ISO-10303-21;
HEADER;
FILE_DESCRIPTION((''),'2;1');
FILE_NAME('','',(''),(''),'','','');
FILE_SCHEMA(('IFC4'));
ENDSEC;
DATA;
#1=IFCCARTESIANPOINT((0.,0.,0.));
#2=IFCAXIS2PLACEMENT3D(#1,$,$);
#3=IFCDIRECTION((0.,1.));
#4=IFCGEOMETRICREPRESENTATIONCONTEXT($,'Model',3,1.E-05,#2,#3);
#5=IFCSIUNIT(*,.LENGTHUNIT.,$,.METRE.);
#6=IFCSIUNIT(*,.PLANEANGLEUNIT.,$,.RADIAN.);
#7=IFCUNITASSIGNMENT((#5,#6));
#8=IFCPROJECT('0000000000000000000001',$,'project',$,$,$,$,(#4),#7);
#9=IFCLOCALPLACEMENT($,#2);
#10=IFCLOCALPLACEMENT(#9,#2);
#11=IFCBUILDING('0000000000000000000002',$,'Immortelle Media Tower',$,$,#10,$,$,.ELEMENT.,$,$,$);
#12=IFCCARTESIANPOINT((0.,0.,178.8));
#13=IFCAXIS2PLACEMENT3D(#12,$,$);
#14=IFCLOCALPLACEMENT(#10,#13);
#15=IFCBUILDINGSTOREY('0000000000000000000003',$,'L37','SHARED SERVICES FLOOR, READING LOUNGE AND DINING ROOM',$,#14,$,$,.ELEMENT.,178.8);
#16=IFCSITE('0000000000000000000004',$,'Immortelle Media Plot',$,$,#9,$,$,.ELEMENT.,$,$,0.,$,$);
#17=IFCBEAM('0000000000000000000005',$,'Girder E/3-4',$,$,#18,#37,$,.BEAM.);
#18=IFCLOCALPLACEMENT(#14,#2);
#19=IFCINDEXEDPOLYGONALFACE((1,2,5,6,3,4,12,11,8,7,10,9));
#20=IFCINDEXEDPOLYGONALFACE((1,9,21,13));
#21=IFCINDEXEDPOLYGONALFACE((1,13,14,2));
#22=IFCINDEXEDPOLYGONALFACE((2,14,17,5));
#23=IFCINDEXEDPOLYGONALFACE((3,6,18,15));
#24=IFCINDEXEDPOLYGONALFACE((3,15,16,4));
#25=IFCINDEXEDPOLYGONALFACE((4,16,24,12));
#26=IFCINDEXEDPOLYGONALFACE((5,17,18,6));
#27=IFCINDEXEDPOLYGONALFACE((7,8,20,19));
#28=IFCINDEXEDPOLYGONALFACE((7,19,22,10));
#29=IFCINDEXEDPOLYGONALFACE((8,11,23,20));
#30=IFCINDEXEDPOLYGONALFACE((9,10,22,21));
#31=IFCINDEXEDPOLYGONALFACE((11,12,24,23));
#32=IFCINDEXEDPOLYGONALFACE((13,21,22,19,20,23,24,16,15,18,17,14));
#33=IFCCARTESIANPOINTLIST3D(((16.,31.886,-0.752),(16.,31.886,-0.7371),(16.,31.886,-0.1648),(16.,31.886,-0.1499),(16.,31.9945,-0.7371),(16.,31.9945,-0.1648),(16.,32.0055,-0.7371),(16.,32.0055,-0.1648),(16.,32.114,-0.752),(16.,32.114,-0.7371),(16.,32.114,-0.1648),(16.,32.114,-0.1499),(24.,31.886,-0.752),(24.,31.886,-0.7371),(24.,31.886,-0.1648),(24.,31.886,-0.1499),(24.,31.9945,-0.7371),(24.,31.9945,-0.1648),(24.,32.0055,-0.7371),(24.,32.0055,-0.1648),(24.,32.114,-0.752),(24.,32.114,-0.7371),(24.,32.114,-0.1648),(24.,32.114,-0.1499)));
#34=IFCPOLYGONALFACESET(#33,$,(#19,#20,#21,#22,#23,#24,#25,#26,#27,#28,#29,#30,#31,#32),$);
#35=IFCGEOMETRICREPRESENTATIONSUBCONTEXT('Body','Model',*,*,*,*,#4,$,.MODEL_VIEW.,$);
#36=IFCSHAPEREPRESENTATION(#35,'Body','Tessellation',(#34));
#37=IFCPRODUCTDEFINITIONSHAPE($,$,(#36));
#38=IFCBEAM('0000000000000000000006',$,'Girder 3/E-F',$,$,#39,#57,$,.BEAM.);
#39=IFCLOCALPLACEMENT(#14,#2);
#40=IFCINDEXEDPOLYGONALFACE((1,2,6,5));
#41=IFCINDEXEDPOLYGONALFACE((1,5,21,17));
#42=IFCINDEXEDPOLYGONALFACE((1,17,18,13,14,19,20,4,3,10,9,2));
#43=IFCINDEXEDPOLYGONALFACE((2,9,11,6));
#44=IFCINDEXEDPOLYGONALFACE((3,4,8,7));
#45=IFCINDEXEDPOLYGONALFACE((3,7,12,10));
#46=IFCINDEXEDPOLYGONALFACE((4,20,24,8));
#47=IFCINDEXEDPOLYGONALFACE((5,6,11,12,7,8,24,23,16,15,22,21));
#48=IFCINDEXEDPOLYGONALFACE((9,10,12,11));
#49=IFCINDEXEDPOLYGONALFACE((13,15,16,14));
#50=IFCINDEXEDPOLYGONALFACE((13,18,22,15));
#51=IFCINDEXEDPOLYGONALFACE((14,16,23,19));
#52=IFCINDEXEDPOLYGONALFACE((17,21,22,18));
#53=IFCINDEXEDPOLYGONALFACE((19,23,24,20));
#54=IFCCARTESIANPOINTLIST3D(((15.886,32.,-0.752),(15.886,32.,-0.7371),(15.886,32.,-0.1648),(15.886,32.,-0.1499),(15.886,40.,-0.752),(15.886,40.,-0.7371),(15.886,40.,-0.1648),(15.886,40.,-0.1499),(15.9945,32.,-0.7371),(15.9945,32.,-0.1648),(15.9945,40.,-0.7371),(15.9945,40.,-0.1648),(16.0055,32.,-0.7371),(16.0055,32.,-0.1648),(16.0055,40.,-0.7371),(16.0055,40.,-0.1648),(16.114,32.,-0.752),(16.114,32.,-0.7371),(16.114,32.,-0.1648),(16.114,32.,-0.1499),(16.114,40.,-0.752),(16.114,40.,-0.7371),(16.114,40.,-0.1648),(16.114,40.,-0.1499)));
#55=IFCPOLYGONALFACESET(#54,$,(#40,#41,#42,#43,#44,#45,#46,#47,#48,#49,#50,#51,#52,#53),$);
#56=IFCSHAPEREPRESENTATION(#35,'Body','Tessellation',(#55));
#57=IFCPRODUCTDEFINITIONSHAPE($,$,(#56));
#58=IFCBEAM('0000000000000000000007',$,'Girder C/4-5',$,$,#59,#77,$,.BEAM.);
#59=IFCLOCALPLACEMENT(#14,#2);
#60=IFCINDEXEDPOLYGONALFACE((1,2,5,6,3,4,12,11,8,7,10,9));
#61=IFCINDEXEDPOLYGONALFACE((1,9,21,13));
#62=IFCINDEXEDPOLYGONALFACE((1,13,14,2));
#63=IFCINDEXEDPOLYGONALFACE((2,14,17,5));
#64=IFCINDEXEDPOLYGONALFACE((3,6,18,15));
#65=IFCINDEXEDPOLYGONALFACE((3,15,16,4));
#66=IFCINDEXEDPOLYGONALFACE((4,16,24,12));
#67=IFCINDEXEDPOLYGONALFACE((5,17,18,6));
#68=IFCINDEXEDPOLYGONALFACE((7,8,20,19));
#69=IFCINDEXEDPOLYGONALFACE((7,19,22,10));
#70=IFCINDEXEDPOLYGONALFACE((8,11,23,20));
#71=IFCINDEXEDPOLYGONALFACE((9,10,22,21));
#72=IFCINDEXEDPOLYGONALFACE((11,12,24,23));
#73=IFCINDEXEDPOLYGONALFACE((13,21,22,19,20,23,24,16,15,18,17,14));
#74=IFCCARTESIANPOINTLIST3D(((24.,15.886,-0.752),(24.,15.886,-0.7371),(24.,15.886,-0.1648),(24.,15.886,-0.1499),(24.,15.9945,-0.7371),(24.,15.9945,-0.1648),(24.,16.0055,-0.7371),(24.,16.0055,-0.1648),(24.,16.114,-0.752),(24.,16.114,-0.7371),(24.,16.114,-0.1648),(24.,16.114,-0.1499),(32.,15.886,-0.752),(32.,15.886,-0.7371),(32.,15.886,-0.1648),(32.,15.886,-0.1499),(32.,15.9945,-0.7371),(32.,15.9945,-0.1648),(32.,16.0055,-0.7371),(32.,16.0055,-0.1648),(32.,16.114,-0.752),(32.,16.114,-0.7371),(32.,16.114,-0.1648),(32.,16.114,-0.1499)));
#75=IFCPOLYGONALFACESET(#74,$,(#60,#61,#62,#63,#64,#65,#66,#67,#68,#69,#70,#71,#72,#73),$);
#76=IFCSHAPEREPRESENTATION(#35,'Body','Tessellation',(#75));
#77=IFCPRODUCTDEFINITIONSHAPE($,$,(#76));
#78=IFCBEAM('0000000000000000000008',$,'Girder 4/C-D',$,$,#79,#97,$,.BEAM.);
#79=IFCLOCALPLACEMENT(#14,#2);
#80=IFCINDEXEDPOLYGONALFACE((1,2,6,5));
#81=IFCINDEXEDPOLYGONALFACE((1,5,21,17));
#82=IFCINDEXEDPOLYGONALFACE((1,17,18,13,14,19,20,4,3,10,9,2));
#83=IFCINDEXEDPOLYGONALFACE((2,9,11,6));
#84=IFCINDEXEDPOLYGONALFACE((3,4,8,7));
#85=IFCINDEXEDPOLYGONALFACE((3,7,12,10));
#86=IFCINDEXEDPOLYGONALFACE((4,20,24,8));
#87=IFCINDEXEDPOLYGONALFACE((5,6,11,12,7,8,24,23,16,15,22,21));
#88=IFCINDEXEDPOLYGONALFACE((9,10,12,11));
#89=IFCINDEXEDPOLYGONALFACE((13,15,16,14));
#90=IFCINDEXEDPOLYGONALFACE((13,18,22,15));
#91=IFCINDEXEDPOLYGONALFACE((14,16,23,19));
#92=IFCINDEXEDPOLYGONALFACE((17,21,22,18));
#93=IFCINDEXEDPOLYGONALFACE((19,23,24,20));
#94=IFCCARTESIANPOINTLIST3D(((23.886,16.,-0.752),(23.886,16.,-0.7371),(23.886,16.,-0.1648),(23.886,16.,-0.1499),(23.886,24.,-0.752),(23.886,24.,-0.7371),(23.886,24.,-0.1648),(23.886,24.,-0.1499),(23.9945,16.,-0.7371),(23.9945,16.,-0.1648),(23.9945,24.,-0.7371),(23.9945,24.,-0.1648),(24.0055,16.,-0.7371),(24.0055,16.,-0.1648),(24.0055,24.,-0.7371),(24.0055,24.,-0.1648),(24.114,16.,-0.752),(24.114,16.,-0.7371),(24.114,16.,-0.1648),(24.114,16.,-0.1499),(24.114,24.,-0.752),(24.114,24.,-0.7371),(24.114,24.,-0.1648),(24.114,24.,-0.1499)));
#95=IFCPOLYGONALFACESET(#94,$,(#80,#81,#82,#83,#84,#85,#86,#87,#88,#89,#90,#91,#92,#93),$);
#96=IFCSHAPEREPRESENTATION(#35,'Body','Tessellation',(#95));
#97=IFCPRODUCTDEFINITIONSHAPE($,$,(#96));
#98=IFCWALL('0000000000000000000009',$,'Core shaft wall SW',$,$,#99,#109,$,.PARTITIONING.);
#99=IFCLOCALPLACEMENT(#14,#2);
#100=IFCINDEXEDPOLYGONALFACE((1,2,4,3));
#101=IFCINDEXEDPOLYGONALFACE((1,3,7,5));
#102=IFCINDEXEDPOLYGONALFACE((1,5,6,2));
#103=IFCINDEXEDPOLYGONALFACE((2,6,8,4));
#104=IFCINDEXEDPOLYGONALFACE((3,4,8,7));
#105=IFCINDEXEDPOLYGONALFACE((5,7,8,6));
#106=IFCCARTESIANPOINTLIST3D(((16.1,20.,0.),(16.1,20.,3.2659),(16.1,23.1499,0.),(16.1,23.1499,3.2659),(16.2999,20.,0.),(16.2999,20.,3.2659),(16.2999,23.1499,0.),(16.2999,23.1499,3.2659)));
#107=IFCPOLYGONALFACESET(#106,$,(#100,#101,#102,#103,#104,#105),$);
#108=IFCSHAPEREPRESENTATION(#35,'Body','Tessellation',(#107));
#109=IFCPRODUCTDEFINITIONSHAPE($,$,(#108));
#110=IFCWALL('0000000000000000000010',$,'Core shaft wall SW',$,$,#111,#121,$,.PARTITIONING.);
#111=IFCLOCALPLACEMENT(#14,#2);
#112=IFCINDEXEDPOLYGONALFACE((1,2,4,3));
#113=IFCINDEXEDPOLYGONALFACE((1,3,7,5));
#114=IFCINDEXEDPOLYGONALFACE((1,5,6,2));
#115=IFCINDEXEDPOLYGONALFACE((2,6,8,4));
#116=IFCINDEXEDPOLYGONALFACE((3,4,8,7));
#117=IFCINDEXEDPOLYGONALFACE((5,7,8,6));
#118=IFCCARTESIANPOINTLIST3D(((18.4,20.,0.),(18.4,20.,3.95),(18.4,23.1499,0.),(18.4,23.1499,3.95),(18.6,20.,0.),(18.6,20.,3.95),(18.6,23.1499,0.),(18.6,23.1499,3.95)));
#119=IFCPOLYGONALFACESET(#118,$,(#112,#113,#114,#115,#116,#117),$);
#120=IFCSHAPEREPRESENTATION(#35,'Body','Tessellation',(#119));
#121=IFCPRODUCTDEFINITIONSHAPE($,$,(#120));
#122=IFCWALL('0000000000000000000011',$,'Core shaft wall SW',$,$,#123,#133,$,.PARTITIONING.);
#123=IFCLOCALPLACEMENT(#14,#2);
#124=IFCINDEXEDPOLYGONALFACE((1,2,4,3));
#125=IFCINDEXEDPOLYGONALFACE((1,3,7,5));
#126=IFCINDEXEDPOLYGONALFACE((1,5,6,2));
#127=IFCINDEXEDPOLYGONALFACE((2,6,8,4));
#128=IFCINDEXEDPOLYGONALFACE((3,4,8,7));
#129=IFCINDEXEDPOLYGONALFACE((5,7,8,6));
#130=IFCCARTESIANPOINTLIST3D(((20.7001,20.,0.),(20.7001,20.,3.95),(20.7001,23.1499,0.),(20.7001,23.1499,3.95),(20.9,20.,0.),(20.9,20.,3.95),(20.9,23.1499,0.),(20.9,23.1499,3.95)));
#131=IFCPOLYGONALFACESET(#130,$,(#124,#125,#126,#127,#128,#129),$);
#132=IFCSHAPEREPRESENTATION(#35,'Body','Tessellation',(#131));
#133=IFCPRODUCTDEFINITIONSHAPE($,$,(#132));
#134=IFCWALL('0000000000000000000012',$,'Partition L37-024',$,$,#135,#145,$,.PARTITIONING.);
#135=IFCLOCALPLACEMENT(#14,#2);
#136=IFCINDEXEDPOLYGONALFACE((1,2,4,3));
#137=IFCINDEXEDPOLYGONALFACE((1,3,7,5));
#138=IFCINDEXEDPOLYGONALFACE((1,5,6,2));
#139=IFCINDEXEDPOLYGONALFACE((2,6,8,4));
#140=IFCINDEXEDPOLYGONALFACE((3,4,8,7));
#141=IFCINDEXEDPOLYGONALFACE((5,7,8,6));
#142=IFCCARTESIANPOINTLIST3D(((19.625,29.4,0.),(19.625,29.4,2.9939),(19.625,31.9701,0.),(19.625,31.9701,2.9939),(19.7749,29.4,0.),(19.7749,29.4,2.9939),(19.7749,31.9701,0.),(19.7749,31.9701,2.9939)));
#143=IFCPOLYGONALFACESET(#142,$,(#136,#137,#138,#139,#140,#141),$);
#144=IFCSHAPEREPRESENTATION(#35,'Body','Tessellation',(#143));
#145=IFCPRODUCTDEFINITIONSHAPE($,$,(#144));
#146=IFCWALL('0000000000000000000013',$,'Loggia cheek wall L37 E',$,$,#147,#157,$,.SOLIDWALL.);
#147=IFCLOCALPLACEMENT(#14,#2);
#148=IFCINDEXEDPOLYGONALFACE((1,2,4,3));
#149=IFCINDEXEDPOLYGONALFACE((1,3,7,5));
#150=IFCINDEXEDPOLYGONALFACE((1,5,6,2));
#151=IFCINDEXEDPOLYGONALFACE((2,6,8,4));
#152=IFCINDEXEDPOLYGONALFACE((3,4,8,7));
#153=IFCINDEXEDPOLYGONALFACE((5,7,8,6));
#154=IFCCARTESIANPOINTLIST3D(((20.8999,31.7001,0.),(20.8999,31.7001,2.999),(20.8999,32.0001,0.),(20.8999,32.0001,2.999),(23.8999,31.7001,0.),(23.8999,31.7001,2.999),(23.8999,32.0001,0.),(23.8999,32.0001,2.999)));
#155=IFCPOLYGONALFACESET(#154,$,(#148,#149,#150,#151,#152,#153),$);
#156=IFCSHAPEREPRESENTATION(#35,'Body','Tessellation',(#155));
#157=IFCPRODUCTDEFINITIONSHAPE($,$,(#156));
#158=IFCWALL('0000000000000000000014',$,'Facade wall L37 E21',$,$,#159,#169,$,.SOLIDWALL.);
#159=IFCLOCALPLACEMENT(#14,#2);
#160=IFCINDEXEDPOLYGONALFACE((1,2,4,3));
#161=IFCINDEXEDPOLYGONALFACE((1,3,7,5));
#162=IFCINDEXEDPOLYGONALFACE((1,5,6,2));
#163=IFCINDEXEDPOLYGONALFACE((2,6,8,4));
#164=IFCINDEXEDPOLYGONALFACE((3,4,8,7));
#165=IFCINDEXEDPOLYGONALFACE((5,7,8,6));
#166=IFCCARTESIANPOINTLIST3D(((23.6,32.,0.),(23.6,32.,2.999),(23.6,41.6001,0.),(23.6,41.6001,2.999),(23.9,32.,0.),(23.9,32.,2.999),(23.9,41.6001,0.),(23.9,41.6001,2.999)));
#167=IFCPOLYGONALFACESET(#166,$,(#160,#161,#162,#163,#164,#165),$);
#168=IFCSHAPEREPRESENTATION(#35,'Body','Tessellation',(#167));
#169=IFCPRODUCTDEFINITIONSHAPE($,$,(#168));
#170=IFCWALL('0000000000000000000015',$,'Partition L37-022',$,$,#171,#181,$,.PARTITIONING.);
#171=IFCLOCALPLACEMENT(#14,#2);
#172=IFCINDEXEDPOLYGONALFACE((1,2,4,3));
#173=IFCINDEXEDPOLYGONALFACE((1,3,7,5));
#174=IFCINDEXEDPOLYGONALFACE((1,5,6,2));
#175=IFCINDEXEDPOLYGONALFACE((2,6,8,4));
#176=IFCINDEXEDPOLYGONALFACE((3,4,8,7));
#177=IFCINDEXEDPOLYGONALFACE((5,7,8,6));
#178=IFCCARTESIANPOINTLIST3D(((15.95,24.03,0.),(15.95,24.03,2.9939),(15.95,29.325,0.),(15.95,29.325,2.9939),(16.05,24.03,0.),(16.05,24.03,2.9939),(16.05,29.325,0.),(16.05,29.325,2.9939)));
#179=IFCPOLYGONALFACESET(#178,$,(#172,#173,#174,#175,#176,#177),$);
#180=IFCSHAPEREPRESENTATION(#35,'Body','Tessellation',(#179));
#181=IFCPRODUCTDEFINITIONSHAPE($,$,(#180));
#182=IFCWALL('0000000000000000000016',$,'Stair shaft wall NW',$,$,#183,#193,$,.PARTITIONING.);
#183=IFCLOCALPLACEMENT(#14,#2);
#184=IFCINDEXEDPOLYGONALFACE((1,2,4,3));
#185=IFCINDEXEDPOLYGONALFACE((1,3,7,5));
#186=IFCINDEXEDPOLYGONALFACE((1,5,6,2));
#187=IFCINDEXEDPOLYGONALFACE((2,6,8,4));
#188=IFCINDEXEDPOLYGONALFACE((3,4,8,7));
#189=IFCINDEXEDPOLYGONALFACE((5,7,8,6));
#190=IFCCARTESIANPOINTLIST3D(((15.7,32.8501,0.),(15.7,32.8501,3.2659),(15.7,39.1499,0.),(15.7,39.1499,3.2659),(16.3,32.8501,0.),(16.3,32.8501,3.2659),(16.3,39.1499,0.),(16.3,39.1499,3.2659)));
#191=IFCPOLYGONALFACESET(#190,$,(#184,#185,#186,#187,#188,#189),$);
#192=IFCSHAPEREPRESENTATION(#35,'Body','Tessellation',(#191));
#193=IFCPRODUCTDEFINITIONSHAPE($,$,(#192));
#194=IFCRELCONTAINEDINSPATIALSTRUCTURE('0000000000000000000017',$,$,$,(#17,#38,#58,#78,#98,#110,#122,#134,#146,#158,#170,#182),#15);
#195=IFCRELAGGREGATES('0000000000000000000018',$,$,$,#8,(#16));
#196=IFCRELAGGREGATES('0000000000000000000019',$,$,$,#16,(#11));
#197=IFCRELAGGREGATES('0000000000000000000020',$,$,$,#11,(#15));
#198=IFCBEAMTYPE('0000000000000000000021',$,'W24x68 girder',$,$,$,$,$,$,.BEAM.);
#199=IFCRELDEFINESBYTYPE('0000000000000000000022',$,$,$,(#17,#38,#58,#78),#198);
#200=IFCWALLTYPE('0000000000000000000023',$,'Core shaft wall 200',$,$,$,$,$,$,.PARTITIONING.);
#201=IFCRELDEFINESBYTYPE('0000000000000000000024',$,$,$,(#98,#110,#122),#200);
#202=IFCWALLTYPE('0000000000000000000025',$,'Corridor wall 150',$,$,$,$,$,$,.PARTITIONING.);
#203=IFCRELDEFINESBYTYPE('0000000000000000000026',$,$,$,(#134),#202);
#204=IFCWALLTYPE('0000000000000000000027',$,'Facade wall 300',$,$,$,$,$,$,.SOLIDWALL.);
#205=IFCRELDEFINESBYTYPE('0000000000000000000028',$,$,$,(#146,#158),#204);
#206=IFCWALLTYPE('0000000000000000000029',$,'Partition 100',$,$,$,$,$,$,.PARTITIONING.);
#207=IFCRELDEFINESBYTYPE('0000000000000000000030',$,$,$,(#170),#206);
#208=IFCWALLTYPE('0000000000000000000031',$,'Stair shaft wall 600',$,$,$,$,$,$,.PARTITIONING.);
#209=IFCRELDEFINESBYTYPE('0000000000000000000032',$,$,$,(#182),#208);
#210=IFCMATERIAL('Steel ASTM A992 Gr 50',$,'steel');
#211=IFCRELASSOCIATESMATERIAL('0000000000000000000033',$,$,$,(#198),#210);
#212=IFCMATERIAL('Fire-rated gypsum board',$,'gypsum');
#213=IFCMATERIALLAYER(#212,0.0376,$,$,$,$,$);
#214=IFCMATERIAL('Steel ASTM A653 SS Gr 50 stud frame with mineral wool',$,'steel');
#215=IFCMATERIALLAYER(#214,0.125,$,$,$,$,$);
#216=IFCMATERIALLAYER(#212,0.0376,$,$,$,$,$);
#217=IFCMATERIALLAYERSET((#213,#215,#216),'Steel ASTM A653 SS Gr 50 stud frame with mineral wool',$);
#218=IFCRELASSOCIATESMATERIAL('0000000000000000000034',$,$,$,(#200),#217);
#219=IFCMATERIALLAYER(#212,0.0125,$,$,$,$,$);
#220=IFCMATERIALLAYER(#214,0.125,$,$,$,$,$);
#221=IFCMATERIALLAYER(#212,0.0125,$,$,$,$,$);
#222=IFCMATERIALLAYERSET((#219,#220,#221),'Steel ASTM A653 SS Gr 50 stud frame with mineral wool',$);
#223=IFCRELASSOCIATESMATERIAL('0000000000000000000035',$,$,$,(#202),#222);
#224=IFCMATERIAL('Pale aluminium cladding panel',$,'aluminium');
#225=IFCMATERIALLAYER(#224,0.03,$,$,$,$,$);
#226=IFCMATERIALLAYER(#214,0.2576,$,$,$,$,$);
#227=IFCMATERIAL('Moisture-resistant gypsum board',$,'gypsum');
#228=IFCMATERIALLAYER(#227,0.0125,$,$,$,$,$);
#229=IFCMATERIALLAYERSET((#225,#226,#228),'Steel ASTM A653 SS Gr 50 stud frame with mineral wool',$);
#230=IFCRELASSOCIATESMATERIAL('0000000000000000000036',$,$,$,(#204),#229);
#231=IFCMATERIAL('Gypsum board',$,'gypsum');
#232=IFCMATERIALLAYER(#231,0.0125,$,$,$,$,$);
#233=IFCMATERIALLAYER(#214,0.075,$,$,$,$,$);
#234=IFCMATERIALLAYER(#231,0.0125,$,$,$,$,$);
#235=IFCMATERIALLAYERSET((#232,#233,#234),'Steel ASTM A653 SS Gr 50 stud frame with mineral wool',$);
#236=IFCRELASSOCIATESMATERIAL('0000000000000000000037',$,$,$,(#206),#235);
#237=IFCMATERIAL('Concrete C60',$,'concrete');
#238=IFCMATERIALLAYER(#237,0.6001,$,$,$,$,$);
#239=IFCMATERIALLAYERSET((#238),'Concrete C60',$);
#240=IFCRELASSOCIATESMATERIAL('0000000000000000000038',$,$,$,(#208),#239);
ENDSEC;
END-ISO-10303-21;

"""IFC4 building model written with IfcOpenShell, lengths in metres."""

from ifc_helpers import new_model, si_unit, direction, frame, frame_2d, origin, origin_2d, place, context, subcontext, project, spatial, rectangle, i_section, extrude, material, layer, layer_set, material_profile, profile_set, type_object, element, save


model = new_model("IFC4")

# Units and contexts
model_context = context("Model", 3, precision=1e-05, world=origin(), true_north=direction((0.0, 1.0)))
body_context = subcontext(model_context, "Body", "Model", "MODEL_VIEW")
ifc_project = project(units=[si_unit("LENGTHUNIT", "METRE"), si_unit("PLANEANGLEUNIT", "RADIAN")], contexts=[model_context])

# Site, building, storey
site_placement = place(None, origin())
site = spatial("IfcSite", under=ifc_project, at=site_placement, Name="Immortelle Media Plot", CompositionType="ELEMENT", RefElevation=0.0)
building_placement = place(site_placement, origin())
building = spatial("IfcBuilding", under=site, at=building_placement, Name="Immortelle Media Tower", CompositionType="ELEMENT")
storey_placement = place(building_placement, frame((0.0, 0.0, 178.8)))
storey = spatial("IfcBuildingStorey", under=building, at=storey_placement, Name="L37", Description="SHARED SERVICES FLOOR, READING LOUNGE AND DINING ROOM", CompositionType="ELEMENT", Elevation=178.8)

# Shared definitions
ifc_material_1 = material(Name="Steel ASTM A992 Gr 50", Category="steel")

# Beams
ifc_material_profile_1 = material_profile(ifc_material_1, i_section(OverallWidth=0.228, OverallDepth=0.6021, WebThickness=0.011, FlangeThickness=0.0149, at=origin_2d()), Name="W24x68")
ifc_profile_set_1 = profile_set([ifc_material_profile_1], Name="Steel ASTM A992 Gr 50")
beam_type_1 = type_object("IfcBeamType", Name="W24x68 girder", PredefinedType="BEAM", material=ifc_profile_set_1)
for number, where, z_axis, x_axis, name in (
    (1, (16.0, 32.0, -0.4509), (1.0, 0.0, 0.0), (0.0, 1.0, 0.0), "Girder E/3-4"),
    (2, (16.0, 32.0, -0.4509), (0.0, 1.0, 0.0), (-1.0, 0.0, 0.0), "Girder 3/E-F"),
    (3, (24.0, 16.0, -0.4509), (1.0, 0.0, 0.0), (0.0, 1.0, 0.0), "Girder C/4-5"),
    (4, (24.0, 16.0, -0.4509), (0.0, 1.0, 0.0), (-1.0, 0.0, 0.0), "Girder 4/C-D"),
):
    element("IfcBeam", number, at=place(storey_placement, frame(where, z_axis=z_axis, x_axis=x_axis)), inside=storey, type_object=beam_type_1, Name=name, PredefinedType="BEAM", context=body_context, shape_type="SweptSolid", body=[
        extrude(i_section(OverallWidth=0.228, OverallDepth=0.6021, WebThickness=0.011, FlangeThickness=0.0149, at=origin_2d()), origin(), (0.0, 0.0, 1.0), 8.0),
    ])

# Walls
ifc_material_2 = material(Name="Fire-rated gypsum board", Category="gypsum")
ifc_layer_1 = layer(ifc_material_2, 0.0376)
ifc_material_3 = material(Name="Steel ASTM A653 SS Gr 50 stud frame with mineral wool", Category="steel")
ifc_layer_2 = layer(ifc_material_3, 0.125)
ifc_layer_3 = layer(ifc_material_2, 0.0376)
ifc_layer_set_1 = layer_set([ifc_layer_1, ifc_layer_2, ifc_layer_3], Name="Steel ASTM A653 SS Gr 50 stud frame with mineral wool")
wall_type_1 = type_object("IfcWallType", Name="Core shaft wall 200", PredefinedType="PARTITIONING", material=ifc_layer_set_1)
wall_1_placement = place(storey_placement, frame((16.2, 20.0, 0.0), z_axis=(0.0, 0.0, 1.0), x_axis=(0.0, 1.0, 0.0)))
element("IfcWall", 5, at=wall_1_placement, inside=storey, type_object=wall_type_1, Name="Core shaft wall SW", PredefinedType="PARTITIONING", context=body_context, shape_type="SweptSolid", body=[
    extrude(rectangle(XDim=3.1499, YDim=0.2, at=frame_2d((1.575, 0.0))), origin(), (0.0, 0.0, 1.0), 3.2659),
])
for number, where, z_axis, x_axis, name in (
    (6, (18.5, 20.0, 0.0), (0.0, 0.0, 1.0), (0.0, 1.0, 0.0), "Core shaft wall SW"),
    (7, (20.8, 20.0, 0.0), (0.0, 0.0, 1.0), (0.0, 1.0, 0.0), "Core shaft wall SW"),
):
    element("IfcWall", number, at=place(storey_placement, frame(where, z_axis=z_axis, x_axis=x_axis)), inside=storey, type_object=wall_type_1, Name=name, PredefinedType="PARTITIONING", context=body_context, shape_type="SweptSolid", body=[
        extrude(rectangle(XDim=3.1499, YDim=0.2, at=frame_2d((1.575, 0.0))), origin(), (0.0, 0.0, 1.0), 3.95),
    ])
ifc_layer_4 = layer(ifc_material_2, 0.0125)
ifc_layer_5 = layer(ifc_material_3, 0.125)
ifc_layer_6 = layer(ifc_material_2, 0.0125)
ifc_layer_set_2 = layer_set([ifc_layer_4, ifc_layer_5, ifc_layer_6], Name="Steel ASTM A653 SS Gr 50 stud frame with mineral wool")
wall_type_2 = type_object("IfcWallType", Name="Corridor wall 150", PredefinedType="PARTITIONING", material=ifc_layer_set_2)
wall_2_placement = place(storey_placement, frame((19.7, 29.3999, 0.0), z_axis=(0.0, 0.0, 1.0), x_axis=(0.0, 1.0, 0.0)))
element("IfcWall", 8, at=wall_2_placement, inside=storey, type_object=wall_type_2, Name="Partition L37-024", PredefinedType="PARTITIONING", context=body_context, shape_type="SweptSolid", body=[
    extrude(rectangle(XDim=2.5701, YDim=0.1499, at=frame_2d((1.2852, 0.0))), origin(), (0.0, 0.0, 1.0), 2.9939),
])

# Shared definitions
ifc_material_4 = material(Name="Pale aluminium cladding panel", Category="aluminium")
ifc_layer_7 = layer(ifc_material_4, 0.03)
ifc_layer_8 = layer(ifc_material_3, 0.2576)
ifc_material_5 = material(Name="Moisture-resistant gypsum board", Category="gypsum")
ifc_layer_9 = layer(ifc_material_5, 0.0125)
ifc_layer_set_3 = layer_set([ifc_layer_7, ifc_layer_8, ifc_layer_9], Name="Steel ASTM A653 SS Gr 50 stud frame with mineral wool")
wall_type_3 = type_object("IfcWallType", Name="Facade wall 300", PredefinedType="SOLIDWALL", material=ifc_layer_set_3)

# Walls
wall_3_placement = place(storey_placement, frame((23.8999, 31.8501, 0.0), z_axis=(0.0, 0.0, 1.0), x_axis=(-1.0, 0.0, 0.0)))
element("IfcWall", 9, at=wall_3_placement, inside=storey, type_object=wall_type_3, Name="Loggia cheek wall L37 E", PredefinedType="SOLIDWALL", context=body_context, shape_type="SweptSolid", body=[
    extrude(rectangle(XDim=3.0, YDim=0.3, at=frame_2d((1.5, 0.0))), origin(), (0.0, 0.0, 1.0), 2.999),
])
wall_4_placement = place(storey_placement, frame((23.75, 32.0, 0.0), z_axis=(0.0, 0.0, 1.0), x_axis=(0.0, 1.0, 0.0)))
element("IfcWall", 10, at=wall_4_placement, inside=storey, type_object=wall_type_3, Name="Facade wall L37 E21", PredefinedType="SOLIDWALL", context=body_context, shape_type="SweptSolid", body=[
    extrude(rectangle(XDim=9.6001, YDim=0.3, at=frame_2d((4.8, 0.0))), origin(), (0.0, 0.0, 1.0), 2.999),
])
ifc_material_6 = material(Name="Gypsum board", Category="gypsum")
ifc_layer_10 = layer(ifc_material_6, 0.0125)
ifc_layer_11 = layer(ifc_material_3, 0.075)
ifc_layer_12 = layer(ifc_material_6, 0.0125)
ifc_layer_set_4 = layer_set([ifc_layer_10, ifc_layer_11, ifc_layer_12], Name="Steel ASTM A653 SS Gr 50 stud frame with mineral wool")
wall_type_4 = type_object("IfcWallType", Name="Partition 100", PredefinedType="PARTITIONING", material=ifc_layer_set_4)
wall_5_placement = place(storey_placement, frame((16.0, 24.03, 0.0), z_axis=(0.0, 0.0, 1.0), x_axis=(0.0, 1.0, 0.0)))
element("IfcWall", 11, at=wall_5_placement, inside=storey, type_object=wall_type_4, Name="Partition L37-022", PredefinedType="PARTITIONING", context=body_context, shape_type="SweptSolid", body=[
    extrude(rectangle(XDim=5.2949, YDim=0.1001, at=frame_2d((2.6475, 0.0))), origin(), (0.0, 0.0, 1.0), 2.9939),
])
ifc_material_7 = material(Name="Concrete C60", Category="concrete")
ifc_layer_13 = layer(ifc_material_7, 0.6001)
ifc_layer_set_5 = layer_set([ifc_layer_13], Name="Concrete C60")
wall_type_5 = type_object("IfcWallType", Name="Stair shaft wall 600", PredefinedType="PARTITIONING", material=ifc_layer_set_5)
wall_6_placement = place(storey_placement, frame((16.0, 32.8501, 0.0), z_axis=(0.0, 0.0, 1.0), x_axis=(0.0, 1.0, 0.0)))
element("IfcWall", 12, at=wall_6_placement, inside=storey, type_object=wall_type_5, Name="Stair shaft wall NW", PredefinedType="PARTITIONING", context=body_context, shape_type="SweptSolid", body=[
    extrude(rectangle(XDim=6.2998, YDim=0.6001, at=frame_2d((3.1499, 0.0))), origin(), (0.0, 0.0, 1.0), 3.2659),
])

save(model, "model.ifc")
